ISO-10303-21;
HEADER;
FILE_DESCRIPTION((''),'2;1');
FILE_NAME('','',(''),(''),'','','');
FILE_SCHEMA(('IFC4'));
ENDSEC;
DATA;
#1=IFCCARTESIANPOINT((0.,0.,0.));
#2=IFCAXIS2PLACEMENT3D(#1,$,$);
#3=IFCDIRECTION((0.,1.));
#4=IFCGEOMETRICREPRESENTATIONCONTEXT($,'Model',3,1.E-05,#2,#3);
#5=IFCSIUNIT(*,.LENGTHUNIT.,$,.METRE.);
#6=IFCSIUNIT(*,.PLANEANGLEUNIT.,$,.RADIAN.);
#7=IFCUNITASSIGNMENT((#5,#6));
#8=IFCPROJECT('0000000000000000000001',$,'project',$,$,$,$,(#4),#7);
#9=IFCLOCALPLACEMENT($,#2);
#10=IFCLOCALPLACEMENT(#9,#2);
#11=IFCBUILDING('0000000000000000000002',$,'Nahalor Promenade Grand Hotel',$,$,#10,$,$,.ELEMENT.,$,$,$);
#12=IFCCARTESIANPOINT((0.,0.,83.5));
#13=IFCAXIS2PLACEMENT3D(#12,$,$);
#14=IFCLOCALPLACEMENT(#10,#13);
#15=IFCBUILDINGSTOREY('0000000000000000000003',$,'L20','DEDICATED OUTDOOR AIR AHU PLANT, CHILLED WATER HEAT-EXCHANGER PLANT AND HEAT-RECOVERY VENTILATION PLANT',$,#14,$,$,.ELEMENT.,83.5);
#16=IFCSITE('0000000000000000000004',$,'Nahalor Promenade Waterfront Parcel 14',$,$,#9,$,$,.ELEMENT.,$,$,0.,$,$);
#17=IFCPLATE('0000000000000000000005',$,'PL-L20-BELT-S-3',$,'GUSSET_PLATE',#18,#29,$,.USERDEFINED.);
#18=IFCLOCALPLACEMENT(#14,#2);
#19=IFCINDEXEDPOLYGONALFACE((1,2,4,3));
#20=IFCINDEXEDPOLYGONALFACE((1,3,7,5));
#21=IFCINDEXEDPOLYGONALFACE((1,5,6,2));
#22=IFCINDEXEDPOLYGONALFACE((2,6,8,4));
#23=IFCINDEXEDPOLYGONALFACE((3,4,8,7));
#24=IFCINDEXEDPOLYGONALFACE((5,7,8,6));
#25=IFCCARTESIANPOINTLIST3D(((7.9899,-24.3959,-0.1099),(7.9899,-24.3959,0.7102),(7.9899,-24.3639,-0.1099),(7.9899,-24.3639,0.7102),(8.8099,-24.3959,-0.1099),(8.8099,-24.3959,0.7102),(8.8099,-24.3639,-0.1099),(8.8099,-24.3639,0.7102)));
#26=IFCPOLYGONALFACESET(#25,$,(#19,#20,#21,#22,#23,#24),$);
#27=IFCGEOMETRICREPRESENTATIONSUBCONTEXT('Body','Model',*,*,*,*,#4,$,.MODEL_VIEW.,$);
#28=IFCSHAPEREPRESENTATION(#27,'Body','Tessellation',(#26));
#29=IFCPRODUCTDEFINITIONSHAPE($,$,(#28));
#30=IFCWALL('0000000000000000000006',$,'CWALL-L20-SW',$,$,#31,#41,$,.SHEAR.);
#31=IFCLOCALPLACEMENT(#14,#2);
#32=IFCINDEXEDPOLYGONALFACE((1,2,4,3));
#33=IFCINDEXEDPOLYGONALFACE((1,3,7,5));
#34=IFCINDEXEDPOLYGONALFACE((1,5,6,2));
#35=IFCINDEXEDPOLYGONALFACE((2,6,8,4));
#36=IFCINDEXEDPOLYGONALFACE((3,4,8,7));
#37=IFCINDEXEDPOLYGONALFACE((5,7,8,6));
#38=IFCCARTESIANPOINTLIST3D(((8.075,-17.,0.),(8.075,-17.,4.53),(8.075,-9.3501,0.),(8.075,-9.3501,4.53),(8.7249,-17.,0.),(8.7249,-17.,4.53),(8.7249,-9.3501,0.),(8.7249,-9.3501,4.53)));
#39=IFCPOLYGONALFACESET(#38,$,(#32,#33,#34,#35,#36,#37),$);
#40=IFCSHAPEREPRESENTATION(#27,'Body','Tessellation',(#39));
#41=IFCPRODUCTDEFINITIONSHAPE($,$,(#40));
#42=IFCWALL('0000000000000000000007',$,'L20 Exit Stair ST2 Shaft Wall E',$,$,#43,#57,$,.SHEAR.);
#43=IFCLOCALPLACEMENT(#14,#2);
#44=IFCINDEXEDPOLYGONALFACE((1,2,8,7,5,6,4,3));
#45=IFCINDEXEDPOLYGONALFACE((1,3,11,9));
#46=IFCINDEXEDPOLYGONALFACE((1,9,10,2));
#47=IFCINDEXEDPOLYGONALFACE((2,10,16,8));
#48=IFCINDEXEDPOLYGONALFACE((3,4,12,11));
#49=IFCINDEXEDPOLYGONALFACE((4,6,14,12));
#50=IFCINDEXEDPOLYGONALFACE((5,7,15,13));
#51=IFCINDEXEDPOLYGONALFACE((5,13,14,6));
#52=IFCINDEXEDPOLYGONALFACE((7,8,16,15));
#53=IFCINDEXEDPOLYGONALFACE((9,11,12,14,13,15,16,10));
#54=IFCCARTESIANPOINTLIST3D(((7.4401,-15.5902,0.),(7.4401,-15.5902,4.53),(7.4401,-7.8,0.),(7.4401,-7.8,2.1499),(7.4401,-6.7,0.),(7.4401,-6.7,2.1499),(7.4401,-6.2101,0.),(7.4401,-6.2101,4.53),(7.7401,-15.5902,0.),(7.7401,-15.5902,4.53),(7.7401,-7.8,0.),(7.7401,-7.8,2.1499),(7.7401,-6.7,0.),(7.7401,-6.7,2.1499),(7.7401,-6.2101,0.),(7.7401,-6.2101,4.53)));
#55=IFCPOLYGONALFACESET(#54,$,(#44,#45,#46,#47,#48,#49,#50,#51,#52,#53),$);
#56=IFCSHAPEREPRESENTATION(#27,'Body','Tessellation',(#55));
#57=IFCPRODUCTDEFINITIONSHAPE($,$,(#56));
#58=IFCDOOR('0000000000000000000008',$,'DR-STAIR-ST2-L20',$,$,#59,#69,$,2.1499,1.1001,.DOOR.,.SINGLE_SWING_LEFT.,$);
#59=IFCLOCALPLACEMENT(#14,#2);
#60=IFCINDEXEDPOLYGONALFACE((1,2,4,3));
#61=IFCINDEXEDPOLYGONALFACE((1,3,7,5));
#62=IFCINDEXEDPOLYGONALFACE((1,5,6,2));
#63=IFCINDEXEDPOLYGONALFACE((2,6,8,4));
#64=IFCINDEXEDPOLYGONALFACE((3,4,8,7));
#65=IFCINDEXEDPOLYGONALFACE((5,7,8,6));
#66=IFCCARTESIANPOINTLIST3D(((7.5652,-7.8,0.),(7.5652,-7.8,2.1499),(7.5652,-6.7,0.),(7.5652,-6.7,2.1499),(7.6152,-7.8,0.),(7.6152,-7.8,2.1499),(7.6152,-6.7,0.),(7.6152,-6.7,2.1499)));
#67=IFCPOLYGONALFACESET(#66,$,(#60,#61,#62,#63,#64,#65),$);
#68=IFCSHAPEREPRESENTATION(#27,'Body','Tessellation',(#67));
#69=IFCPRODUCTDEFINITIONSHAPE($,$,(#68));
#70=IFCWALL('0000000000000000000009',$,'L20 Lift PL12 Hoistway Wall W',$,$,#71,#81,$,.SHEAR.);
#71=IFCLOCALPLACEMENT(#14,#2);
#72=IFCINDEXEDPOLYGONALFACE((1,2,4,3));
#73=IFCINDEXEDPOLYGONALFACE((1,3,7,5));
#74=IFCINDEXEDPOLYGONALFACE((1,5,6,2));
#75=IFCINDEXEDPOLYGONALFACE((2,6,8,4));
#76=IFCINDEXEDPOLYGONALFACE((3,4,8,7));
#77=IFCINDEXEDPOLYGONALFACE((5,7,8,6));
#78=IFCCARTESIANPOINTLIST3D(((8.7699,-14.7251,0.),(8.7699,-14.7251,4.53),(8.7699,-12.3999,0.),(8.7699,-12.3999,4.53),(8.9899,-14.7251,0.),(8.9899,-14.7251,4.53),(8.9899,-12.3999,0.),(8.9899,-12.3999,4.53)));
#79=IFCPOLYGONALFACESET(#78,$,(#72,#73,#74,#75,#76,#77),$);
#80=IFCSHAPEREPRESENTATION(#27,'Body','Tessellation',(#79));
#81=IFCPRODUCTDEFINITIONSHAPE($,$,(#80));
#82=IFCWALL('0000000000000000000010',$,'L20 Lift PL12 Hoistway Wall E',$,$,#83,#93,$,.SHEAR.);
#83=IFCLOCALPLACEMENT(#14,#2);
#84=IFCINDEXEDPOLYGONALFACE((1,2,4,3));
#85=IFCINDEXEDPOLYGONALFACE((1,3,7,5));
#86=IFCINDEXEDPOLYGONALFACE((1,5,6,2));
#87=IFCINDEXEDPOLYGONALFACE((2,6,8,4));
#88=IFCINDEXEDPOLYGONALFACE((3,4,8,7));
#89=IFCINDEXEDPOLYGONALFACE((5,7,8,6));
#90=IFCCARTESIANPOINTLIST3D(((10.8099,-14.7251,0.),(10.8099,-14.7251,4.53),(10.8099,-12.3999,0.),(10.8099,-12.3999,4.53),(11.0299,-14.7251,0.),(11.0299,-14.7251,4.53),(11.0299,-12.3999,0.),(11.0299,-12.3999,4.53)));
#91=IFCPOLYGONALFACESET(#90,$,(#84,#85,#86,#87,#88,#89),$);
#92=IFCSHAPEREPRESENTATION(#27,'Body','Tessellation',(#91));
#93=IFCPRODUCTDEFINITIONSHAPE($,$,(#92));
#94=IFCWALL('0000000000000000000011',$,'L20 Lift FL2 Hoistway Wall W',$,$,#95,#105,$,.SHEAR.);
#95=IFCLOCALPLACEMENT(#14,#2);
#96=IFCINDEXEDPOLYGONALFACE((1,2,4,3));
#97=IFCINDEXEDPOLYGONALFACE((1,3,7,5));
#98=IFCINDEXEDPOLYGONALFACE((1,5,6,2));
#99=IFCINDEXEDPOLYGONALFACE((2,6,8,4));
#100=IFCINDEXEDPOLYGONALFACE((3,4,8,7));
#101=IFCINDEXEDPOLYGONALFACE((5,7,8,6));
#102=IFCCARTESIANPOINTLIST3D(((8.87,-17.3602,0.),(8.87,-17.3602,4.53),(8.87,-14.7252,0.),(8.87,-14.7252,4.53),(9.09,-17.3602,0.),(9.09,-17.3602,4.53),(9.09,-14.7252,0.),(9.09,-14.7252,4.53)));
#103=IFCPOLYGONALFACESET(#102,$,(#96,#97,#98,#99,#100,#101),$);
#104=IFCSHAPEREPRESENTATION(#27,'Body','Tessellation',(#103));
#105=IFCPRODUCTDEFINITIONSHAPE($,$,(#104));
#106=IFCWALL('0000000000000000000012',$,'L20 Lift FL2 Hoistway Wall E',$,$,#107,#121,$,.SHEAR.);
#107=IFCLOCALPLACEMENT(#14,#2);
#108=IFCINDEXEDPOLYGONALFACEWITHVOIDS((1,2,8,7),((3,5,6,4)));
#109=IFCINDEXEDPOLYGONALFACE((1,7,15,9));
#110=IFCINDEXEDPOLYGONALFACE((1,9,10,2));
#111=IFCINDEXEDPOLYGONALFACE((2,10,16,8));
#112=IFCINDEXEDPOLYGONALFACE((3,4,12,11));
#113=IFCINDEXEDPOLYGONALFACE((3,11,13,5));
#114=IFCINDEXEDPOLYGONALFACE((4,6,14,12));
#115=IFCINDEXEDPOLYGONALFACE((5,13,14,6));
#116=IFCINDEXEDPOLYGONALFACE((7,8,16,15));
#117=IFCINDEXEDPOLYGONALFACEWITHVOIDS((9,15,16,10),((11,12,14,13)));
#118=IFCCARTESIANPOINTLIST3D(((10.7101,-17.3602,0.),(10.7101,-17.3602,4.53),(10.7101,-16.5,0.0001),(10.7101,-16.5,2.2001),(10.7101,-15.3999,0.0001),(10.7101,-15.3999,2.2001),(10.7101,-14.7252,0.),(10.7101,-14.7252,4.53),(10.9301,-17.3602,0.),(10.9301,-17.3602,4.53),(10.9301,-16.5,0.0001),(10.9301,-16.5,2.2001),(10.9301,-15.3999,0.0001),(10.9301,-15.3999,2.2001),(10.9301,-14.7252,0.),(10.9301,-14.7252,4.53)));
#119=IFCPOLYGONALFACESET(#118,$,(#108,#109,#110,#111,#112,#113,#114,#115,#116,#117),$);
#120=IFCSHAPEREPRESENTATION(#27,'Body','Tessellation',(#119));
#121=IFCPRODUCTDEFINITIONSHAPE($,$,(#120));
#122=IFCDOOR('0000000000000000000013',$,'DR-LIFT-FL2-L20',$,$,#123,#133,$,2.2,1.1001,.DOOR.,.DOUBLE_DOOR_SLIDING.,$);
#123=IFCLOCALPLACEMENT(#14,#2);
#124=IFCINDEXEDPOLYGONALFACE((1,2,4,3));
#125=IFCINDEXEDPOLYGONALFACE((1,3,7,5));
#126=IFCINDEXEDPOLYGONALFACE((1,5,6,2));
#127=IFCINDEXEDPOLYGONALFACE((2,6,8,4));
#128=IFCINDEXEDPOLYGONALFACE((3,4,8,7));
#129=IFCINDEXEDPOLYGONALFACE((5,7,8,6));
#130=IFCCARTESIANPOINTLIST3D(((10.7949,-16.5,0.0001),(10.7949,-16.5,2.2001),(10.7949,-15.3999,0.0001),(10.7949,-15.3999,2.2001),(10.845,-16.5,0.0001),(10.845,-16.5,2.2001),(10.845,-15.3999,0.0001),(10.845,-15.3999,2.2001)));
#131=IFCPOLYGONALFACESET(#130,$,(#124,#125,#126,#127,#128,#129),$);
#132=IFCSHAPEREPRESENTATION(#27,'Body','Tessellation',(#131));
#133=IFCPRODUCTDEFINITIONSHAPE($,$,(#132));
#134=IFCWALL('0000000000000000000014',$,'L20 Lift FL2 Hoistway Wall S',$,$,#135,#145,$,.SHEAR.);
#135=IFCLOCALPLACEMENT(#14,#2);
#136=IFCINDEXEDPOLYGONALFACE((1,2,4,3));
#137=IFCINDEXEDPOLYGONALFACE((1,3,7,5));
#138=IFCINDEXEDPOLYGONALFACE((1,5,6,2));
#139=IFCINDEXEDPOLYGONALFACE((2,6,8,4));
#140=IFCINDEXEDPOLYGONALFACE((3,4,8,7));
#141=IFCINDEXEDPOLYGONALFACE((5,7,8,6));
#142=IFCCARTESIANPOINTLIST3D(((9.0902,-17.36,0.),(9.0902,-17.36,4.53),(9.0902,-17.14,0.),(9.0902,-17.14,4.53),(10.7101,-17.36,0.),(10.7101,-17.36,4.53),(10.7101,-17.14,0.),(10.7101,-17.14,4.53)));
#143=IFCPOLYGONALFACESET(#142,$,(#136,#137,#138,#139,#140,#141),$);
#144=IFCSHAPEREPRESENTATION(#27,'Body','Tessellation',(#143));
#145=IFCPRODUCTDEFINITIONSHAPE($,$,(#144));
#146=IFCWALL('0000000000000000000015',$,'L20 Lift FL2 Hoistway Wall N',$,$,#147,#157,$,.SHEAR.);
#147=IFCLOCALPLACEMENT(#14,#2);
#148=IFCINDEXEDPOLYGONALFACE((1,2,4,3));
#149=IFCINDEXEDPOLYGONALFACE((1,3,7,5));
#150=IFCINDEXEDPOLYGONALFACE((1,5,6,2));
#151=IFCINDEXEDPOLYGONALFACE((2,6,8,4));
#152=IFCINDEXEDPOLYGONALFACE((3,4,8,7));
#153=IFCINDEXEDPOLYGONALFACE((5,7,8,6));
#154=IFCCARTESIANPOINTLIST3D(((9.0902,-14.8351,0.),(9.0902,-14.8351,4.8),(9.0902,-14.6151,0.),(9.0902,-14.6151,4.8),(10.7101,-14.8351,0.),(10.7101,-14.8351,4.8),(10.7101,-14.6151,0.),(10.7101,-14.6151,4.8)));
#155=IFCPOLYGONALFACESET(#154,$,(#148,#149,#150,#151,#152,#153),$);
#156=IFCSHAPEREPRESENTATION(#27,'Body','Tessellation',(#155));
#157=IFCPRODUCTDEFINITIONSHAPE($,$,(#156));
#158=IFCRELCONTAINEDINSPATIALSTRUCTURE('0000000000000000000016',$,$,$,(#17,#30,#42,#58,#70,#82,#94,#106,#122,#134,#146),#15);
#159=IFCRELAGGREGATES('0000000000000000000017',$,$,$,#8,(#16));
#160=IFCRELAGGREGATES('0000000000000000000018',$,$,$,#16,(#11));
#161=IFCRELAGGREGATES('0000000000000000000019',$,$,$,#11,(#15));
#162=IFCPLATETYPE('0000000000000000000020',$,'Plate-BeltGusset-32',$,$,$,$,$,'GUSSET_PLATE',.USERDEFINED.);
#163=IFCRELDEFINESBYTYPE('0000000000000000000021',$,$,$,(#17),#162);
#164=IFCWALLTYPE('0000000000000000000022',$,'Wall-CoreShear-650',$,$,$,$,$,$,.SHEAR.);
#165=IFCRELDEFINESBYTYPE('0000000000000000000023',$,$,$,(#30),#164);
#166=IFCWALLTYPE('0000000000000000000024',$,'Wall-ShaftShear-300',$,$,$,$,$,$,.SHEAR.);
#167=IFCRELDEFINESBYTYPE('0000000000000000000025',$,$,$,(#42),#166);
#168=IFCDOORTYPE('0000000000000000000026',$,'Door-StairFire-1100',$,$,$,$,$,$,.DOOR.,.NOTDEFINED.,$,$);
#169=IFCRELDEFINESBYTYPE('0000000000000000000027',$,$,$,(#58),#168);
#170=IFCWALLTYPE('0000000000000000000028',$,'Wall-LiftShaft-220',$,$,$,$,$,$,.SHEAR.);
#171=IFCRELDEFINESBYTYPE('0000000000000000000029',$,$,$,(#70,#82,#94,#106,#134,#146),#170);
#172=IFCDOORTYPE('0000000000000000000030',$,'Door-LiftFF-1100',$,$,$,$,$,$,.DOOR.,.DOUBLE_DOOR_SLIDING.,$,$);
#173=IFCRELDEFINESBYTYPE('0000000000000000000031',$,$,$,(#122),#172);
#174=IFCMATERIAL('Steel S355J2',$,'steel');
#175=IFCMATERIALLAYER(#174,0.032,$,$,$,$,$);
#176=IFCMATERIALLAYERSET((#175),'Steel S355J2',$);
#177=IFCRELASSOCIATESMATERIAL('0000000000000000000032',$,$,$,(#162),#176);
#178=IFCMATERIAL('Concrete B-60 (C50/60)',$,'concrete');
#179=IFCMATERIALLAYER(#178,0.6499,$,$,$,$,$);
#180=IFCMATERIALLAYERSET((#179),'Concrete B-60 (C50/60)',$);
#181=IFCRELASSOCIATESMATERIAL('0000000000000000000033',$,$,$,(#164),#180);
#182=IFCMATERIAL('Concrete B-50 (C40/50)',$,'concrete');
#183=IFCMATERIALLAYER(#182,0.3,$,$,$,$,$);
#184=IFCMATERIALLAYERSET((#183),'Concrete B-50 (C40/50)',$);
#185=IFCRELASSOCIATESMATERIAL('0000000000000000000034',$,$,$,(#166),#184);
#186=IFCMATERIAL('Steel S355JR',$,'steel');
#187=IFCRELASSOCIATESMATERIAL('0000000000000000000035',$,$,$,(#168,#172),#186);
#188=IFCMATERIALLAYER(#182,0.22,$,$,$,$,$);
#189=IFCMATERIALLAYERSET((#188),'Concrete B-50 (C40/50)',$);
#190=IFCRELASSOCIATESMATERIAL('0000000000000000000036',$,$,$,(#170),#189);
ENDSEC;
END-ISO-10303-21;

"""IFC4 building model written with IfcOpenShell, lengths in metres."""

from ifc_helpers import new_model, si_unit, direction, frame, frame_2d, origin, origin_2d, place, context, subcontext, project, spatial, rectangle, extrude, source, transform, mapped, material, layer, layer_set, type_object, element, fill, save


model = new_model("IFC4")

# Units and contexts
model_context = context("Model", 3, precision=1e-05, world=origin(), true_north=direction((0.0, 1.0)))
body_context = subcontext(model_context, "Body", "Model", "MODEL_VIEW")
ifc_project = project(units=[si_unit("LENGTHUNIT", "METRE"), si_unit("PLANEANGLEUNIT", "RADIAN")], contexts=[model_context])

# Site, building, storey
site_placement = place(None, origin())
site = spatial("IfcSite", under=ifc_project, at=site_placement, Name="Nahalor Promenade Waterfront Parcel 14", CompositionType="ELEMENT", RefElevation=0.0)
building_placement = place(site_placement, origin())
building = spatial("IfcBuilding", under=site, at=building_placement, Name="Nahalor Promenade Grand Hotel", CompositionType="ELEMENT")
storey_placement = place(building_placement, frame((0.0, 0.0, 83.5)))
storey = spatial("IfcBuildingStorey", under=building, at=storey_placement, Name="L20", Description="DEDICATED OUTDOOR AIR AHU PLANT, CHILLED WATER HEAT-EXCHANGER PLANT AND HEAT-RECOVERY VENTILATION PLANT", CompositionType="ELEMENT", Elevation=83.5)

# Shared definitions
ifc_material_1 = material(Name="Steel S355J2", Category="steel")

# Shared definitions
ifc_material_2 = material(Name="Steel S355JR", Category="steel")

# Plate
ifc_layer_1 = layer(ifc_material_1, 0.032)
ifc_layer_set_1 = layer_set([ifc_layer_1], Name="Steel S355J2")
plate_type_1 = type_object("IfcPlateType", Name="Plate-BeltGusset-32", ElementType="GUSSET_PLATE", PredefinedType="USERDEFINED", material=ifc_layer_set_1)
shared_shape_1 = source(origin(), body_context, "Body", "SweptSolid", [
    extrude(rectangle(XDim=0.8201, YDim=0.032, at=origin_2d()), origin(), (0.0, 0.0, 1.0), 0.8201),
])
plate_1_placement = place(storey_placement, frame((8.3999, -24.3799, -0.1099), z_axis=(0.0, 0.0, 1.0), x_axis=(1.0, 0.0, 0.0)))
element("IfcPlate", 1, at=plate_1_placement, inside=storey, type_object=plate_type_1, Name="PL-L20-BELT-S-3", ObjectType="GUSSET_PLATE", PredefinedType="USERDEFINED", context=body_context, shape_type="MappedRepresentation", body=[
    mapped(shared_shape_1, transform((0.0, 0.0, 0.0), scale=1.0)),
])

# Wall
ifc_material_3 = material(Name="Concrete B-60 (C50/60)", Category="concrete")
ifc_layer_2 = layer(ifc_material_3, 0.6499)
ifc_layer_set_2 = layer_set([ifc_layer_2], Name="Concrete B-60 (C50/60)")
wall_type_1 = type_object("IfcWallType", Name="Wall-CoreShear-650", PredefinedType="SHEAR", material=ifc_layer_set_2)
shared_shape_2 = source(origin(), body_context, "Body", "SweptSolid", [
    extrude(rectangle(XDim=7.6499, YDim=0.6499, at=frame_2d((3.825, 0.0))), origin(), (0.0, 0.0, 1.0), 4.53),
])
wall_1_placement = place(storey_placement, frame((8.3999, -17.0, 0.0), z_axis=(0.0, 0.0, 1.0), x_axis=(0.0, 1.0, 0.0)))
element("IfcWall", 2, at=wall_1_placement, inside=storey, type_object=wall_type_1, Name="CWALL-L20-SW", PredefinedType="SHEAR", context=body_context, shape_type="MappedRepresentation", body=[
    mapped(shared_shape_2, transform((0.0, 0.0, 0.0), scale=1.0)),
])

# Wall, opening, door
ifc_material_4 = material(Name="Concrete B-50 (C40/50)", Category="concrete")
ifc_layer_3 = layer(ifc_material_4, 0.3)
ifc_layer_set_3 = layer_set([ifc_layer_3], Name="Concrete B-50 (C40/50)")
wall_type_2 = type_object("IfcWallType", Name="Wall-ShaftShear-300", PredefinedType="SHEAR", material=ifc_layer_set_3)
shared_shape_3 = source(origin(), body_context, "Body", "SweptSolid", [
    extrude(rectangle(XDim=9.3801, YDim=0.3, at=frame_2d((4.6899, 0.0))), origin(), (0.0, 0.0, 1.0), 4.53),
])
wall_2_placement = place(storey_placement, frame((7.5901, -15.5901, 0.0), z_axis=(0.0, 0.0, 1.0), x_axis=(0.0, 1.0, 0.0)))
wall_2 = element("IfcWall", 3, at=wall_2_placement, inside=storey, type_object=wall_type_2, Name="L20 Exit Stair ST2 Shaft Wall E", PredefinedType="SHEAR", context=body_context, shape_type="MappedRepresentation", body=[
    mapped(shared_shape_3, transform((0.0, 0.0, 0.0), scale=1.0)),
])
opening_1_placement = place(wall_2_placement, frame((7.79, 0.0, 0.0)))
opening_1 = element("IfcOpeningElement", 4, at=opening_1_placement, cuts=wall_2, PredefinedType="OPENING", context=body_context, shape_type="SweptSolid", body=[
    extrude(rectangle(XDim=1.1001, YDim=2.1499, at=frame_2d((0.55, 1.075))), frame((0.0, 0.1599, 0.0), z_axis=(0.0, -1.0, 0.0), x_axis=(1.0, 0.0, 0.0)), (0.0, 0.0, 1.0), 0.3201),
])
door_type_1 = type_object("IfcDoorType", Name="Door-StairFire-1100", OperationType="NOTDEFINED", PredefinedType="DOOR", material=ifc_material_2)
shared_shape_4 = source(origin(), body_context, "Body", "SweptSolid", [
    extrude(rectangle(XDim=1.1001, YDim=2.1499, at=frame_2d((0.55, 1.075))), frame((0.0, 0.0249, 0.0), z_axis=(0.0, -1.0, 0.0), x_axis=(1.0, 0.0, 0.0)), (0.0, 0.0, 1.0), 0.05),
])
door_1_placement = place(opening_1_placement, origin())
door_1 = element("IfcDoor", 5, at=door_1_placement, inside=storey, type_object=door_type_1, Name="DR-STAIR-ST2-L20", OperationType="SINGLE_SWING_LEFT", OverallHeight=2.1499, OverallWidth=1.1001, PredefinedType="DOOR", context=body_context, shape_type="MappedRepresentation", body=[
    mapped(shared_shape_4, transform((0.0, 0.0, 0.0), scale=1.0)),
])
fill(opening_1, door_1)

# Walls
ifc_layer_4 = layer(ifc_material_4, 0.22)
ifc_layer_set_4 = layer_set([ifc_layer_4], Name="Concrete B-50 (C40/50)")
wall_type_3 = type_object("IfcWallType", Name="Wall-LiftShaft-220", PredefinedType="SHEAR", material=ifc_layer_set_4)
shared_shape_5 = source(origin(), body_context, "Body", "SweptSolid", [
    extrude(rectangle(XDim=2.3252, YDim=0.22, at=frame_2d((1.1626, 0.0))), origin(), (0.0, 0.0, 1.0), 4.53),
])
for number, where, z_axis, x_axis, name in (
    (6, (8.8799, -14.7251, 0.0), (0.0, 0.0, 1.0), (0.0, 1.0, 0.0), "L20 Lift PL12 Hoistway Wall W"),
    (7, (10.9199, -14.7251, 0.0), (0.0, 0.0, 1.0), (0.0, 1.0, 0.0), "L20 Lift PL12 Hoistway Wall E"),
):
    element("IfcWall", number, at=place(storey_placement, frame(where, z_axis=z_axis, x_axis=x_axis)), inside=storey, type_object=wall_type_3, Name=name, PredefinedType="SHEAR", context=body_context, shape_type="MappedRepresentation", body=[
        mapped(shared_shape_5, transform((0.0, 0.0, 0.0), scale=1.0)),
    ])
shared_shape_6 = source(origin(), body_context, "Body", "SweptSolid", [
    extrude(rectangle(XDim=2.635, YDim=0.22, at=frame_2d((1.3174, 0.0))), origin(), (0.0, 0.0, 1.0), 4.53),
])
wall_3_placement = place(storey_placement, frame((8.98, -17.3601, 0.0), z_axis=(0.0, 0.0, 1.0), x_axis=(0.0, 1.0, 0.0)))
element("IfcWall", 8, at=wall_3_placement, inside=storey, type_object=wall_type_3, Name="L20 Lift FL2 Hoistway Wall W", PredefinedType="SHEAR", context=body_context, shape_type="MappedRepresentation", body=[
    mapped(shared_shape_6, transform((0.0, 0.0, 0.0), scale=1.0)),
])

# Wall, opening, door
wall_4_placement = place(storey_placement, frame((10.8201, -17.3601, 0.0), z_axis=(0.0, 0.0, 1.0), x_axis=(0.0, 1.0, 0.0)))
wall_4 = element("IfcWall", 9, at=wall_4_placement, inside=storey, type_object=wall_type_3, Name="L20 Lift FL2 Hoistway Wall E", PredefinedType="SHEAR", context=body_context, shape_type="MappedRepresentation", body=[
    mapped(shared_shape_6, transform((0.0, 0.0, 0.0), scale=1.0)),
])
opening_2_placement = place(wall_4_placement, frame((0.8601, 0.0, 0.0)))
opening_2 = element("IfcOpeningElement", 10, at=opening_2_placement, cuts=wall_4, PredefinedType="OPENING", context=body_context, shape_type="SweptSolid", body=[
    extrude(rectangle(XDim=1.1001, YDim=2.2, at=frame_2d((0.55, 1.1001))), frame((0.0, 0.1199, 0.0), z_axis=(0.0, -1.0, 0.0), x_axis=(1.0, 0.0, 0.0)), (0.0, 0.0, 1.0), 0.24),
])
door_type_2 = type_object("IfcDoorType", Name="Door-LiftFF-1100", OperationType="DOUBLE_DOOR_SLIDING", PredefinedType="DOOR", material=ifc_material_2)
shared_shape_7 = source(origin(), body_context, "Body", "SweptSolid", [
    extrude(rectangle(XDim=1.1001, YDim=2.2, at=frame_2d((0.55, 1.1001))), frame((0.0, 0.0249, 0.0), z_axis=(0.0, -1.0, 0.0), x_axis=(1.0, 0.0, 0.0)), (0.0, 0.0, 1.0), 0.05),
])
door_2_placement = place(opening_2_placement, frame((1.1001, 0.0, 0.0), z_axis=(0.0, 0.0, 1.0), x_axis=(-1.0, 0.0, 0.0)))
door_2 = element("IfcDoor", 11, at=door_2_placement, inside=storey, type_object=door_type_2, Name="DR-LIFT-FL2-L20", OperationType="DOUBLE_DOOR_SLIDING", OverallHeight=2.2, OverallWidth=1.1001, PredefinedType="DOOR", context=body_context, shape_type="MappedRepresentation", body=[
    mapped(shared_shape_7, transform((0.0, 0.0, 0.0), scale=1.0)),
])
fill(opening_2, door_2)

# Walls
shared_shape_8 = source(origin(), body_context, "Body", "SweptSolid", [
    extrude(rectangle(XDim=1.6199, YDim=0.22, at=frame_2d((0.8101, 0.0))), origin(), (0.0, 0.0, 1.0), 4.53),
])
wall_5_placement = place(storey_placement, frame((9.0901, -17.25, 0.0), z_axis=(0.0, 0.0, 1.0), x_axis=(1.0, 0.0, 0.0)))
element("IfcWall", 12, at=wall_5_placement, inside=storey, type_object=wall_type_3, Name="L20 Lift FL2 Hoistway Wall S", PredefinedType="SHEAR", context=body_context, shape_type="MappedRepresentation", body=[
    mapped(shared_shape_8, transform((0.0, 0.0, 0.0), scale=1.0)),
])
shared_shape_9 = source(origin(), body_context, "Body", "SweptSolid", [
    extrude(rectangle(XDim=1.6199, YDim=0.22, at=frame_2d((0.8101, 0.0))), origin(), (0.0, 0.0, 1.0), 4.8),
])
wall_6_placement = place(storey_placement, frame((9.0901, -14.7251, 0.0), z_axis=(0.0, 0.0, 1.0), x_axis=(1.0, 0.0, 0.0)))
element("IfcWall", 13, at=wall_6_placement, inside=storey, type_object=wall_type_3, Name="L20 Lift FL2 Hoistway Wall N", PredefinedType="SHEAR", context=body_context, shape_type="MappedRepresentation", body=[
    mapped(shared_shape_9, transform((0.0, 0.0, 0.0), scale=1.0)),
])

save(model, "model.ifc")
